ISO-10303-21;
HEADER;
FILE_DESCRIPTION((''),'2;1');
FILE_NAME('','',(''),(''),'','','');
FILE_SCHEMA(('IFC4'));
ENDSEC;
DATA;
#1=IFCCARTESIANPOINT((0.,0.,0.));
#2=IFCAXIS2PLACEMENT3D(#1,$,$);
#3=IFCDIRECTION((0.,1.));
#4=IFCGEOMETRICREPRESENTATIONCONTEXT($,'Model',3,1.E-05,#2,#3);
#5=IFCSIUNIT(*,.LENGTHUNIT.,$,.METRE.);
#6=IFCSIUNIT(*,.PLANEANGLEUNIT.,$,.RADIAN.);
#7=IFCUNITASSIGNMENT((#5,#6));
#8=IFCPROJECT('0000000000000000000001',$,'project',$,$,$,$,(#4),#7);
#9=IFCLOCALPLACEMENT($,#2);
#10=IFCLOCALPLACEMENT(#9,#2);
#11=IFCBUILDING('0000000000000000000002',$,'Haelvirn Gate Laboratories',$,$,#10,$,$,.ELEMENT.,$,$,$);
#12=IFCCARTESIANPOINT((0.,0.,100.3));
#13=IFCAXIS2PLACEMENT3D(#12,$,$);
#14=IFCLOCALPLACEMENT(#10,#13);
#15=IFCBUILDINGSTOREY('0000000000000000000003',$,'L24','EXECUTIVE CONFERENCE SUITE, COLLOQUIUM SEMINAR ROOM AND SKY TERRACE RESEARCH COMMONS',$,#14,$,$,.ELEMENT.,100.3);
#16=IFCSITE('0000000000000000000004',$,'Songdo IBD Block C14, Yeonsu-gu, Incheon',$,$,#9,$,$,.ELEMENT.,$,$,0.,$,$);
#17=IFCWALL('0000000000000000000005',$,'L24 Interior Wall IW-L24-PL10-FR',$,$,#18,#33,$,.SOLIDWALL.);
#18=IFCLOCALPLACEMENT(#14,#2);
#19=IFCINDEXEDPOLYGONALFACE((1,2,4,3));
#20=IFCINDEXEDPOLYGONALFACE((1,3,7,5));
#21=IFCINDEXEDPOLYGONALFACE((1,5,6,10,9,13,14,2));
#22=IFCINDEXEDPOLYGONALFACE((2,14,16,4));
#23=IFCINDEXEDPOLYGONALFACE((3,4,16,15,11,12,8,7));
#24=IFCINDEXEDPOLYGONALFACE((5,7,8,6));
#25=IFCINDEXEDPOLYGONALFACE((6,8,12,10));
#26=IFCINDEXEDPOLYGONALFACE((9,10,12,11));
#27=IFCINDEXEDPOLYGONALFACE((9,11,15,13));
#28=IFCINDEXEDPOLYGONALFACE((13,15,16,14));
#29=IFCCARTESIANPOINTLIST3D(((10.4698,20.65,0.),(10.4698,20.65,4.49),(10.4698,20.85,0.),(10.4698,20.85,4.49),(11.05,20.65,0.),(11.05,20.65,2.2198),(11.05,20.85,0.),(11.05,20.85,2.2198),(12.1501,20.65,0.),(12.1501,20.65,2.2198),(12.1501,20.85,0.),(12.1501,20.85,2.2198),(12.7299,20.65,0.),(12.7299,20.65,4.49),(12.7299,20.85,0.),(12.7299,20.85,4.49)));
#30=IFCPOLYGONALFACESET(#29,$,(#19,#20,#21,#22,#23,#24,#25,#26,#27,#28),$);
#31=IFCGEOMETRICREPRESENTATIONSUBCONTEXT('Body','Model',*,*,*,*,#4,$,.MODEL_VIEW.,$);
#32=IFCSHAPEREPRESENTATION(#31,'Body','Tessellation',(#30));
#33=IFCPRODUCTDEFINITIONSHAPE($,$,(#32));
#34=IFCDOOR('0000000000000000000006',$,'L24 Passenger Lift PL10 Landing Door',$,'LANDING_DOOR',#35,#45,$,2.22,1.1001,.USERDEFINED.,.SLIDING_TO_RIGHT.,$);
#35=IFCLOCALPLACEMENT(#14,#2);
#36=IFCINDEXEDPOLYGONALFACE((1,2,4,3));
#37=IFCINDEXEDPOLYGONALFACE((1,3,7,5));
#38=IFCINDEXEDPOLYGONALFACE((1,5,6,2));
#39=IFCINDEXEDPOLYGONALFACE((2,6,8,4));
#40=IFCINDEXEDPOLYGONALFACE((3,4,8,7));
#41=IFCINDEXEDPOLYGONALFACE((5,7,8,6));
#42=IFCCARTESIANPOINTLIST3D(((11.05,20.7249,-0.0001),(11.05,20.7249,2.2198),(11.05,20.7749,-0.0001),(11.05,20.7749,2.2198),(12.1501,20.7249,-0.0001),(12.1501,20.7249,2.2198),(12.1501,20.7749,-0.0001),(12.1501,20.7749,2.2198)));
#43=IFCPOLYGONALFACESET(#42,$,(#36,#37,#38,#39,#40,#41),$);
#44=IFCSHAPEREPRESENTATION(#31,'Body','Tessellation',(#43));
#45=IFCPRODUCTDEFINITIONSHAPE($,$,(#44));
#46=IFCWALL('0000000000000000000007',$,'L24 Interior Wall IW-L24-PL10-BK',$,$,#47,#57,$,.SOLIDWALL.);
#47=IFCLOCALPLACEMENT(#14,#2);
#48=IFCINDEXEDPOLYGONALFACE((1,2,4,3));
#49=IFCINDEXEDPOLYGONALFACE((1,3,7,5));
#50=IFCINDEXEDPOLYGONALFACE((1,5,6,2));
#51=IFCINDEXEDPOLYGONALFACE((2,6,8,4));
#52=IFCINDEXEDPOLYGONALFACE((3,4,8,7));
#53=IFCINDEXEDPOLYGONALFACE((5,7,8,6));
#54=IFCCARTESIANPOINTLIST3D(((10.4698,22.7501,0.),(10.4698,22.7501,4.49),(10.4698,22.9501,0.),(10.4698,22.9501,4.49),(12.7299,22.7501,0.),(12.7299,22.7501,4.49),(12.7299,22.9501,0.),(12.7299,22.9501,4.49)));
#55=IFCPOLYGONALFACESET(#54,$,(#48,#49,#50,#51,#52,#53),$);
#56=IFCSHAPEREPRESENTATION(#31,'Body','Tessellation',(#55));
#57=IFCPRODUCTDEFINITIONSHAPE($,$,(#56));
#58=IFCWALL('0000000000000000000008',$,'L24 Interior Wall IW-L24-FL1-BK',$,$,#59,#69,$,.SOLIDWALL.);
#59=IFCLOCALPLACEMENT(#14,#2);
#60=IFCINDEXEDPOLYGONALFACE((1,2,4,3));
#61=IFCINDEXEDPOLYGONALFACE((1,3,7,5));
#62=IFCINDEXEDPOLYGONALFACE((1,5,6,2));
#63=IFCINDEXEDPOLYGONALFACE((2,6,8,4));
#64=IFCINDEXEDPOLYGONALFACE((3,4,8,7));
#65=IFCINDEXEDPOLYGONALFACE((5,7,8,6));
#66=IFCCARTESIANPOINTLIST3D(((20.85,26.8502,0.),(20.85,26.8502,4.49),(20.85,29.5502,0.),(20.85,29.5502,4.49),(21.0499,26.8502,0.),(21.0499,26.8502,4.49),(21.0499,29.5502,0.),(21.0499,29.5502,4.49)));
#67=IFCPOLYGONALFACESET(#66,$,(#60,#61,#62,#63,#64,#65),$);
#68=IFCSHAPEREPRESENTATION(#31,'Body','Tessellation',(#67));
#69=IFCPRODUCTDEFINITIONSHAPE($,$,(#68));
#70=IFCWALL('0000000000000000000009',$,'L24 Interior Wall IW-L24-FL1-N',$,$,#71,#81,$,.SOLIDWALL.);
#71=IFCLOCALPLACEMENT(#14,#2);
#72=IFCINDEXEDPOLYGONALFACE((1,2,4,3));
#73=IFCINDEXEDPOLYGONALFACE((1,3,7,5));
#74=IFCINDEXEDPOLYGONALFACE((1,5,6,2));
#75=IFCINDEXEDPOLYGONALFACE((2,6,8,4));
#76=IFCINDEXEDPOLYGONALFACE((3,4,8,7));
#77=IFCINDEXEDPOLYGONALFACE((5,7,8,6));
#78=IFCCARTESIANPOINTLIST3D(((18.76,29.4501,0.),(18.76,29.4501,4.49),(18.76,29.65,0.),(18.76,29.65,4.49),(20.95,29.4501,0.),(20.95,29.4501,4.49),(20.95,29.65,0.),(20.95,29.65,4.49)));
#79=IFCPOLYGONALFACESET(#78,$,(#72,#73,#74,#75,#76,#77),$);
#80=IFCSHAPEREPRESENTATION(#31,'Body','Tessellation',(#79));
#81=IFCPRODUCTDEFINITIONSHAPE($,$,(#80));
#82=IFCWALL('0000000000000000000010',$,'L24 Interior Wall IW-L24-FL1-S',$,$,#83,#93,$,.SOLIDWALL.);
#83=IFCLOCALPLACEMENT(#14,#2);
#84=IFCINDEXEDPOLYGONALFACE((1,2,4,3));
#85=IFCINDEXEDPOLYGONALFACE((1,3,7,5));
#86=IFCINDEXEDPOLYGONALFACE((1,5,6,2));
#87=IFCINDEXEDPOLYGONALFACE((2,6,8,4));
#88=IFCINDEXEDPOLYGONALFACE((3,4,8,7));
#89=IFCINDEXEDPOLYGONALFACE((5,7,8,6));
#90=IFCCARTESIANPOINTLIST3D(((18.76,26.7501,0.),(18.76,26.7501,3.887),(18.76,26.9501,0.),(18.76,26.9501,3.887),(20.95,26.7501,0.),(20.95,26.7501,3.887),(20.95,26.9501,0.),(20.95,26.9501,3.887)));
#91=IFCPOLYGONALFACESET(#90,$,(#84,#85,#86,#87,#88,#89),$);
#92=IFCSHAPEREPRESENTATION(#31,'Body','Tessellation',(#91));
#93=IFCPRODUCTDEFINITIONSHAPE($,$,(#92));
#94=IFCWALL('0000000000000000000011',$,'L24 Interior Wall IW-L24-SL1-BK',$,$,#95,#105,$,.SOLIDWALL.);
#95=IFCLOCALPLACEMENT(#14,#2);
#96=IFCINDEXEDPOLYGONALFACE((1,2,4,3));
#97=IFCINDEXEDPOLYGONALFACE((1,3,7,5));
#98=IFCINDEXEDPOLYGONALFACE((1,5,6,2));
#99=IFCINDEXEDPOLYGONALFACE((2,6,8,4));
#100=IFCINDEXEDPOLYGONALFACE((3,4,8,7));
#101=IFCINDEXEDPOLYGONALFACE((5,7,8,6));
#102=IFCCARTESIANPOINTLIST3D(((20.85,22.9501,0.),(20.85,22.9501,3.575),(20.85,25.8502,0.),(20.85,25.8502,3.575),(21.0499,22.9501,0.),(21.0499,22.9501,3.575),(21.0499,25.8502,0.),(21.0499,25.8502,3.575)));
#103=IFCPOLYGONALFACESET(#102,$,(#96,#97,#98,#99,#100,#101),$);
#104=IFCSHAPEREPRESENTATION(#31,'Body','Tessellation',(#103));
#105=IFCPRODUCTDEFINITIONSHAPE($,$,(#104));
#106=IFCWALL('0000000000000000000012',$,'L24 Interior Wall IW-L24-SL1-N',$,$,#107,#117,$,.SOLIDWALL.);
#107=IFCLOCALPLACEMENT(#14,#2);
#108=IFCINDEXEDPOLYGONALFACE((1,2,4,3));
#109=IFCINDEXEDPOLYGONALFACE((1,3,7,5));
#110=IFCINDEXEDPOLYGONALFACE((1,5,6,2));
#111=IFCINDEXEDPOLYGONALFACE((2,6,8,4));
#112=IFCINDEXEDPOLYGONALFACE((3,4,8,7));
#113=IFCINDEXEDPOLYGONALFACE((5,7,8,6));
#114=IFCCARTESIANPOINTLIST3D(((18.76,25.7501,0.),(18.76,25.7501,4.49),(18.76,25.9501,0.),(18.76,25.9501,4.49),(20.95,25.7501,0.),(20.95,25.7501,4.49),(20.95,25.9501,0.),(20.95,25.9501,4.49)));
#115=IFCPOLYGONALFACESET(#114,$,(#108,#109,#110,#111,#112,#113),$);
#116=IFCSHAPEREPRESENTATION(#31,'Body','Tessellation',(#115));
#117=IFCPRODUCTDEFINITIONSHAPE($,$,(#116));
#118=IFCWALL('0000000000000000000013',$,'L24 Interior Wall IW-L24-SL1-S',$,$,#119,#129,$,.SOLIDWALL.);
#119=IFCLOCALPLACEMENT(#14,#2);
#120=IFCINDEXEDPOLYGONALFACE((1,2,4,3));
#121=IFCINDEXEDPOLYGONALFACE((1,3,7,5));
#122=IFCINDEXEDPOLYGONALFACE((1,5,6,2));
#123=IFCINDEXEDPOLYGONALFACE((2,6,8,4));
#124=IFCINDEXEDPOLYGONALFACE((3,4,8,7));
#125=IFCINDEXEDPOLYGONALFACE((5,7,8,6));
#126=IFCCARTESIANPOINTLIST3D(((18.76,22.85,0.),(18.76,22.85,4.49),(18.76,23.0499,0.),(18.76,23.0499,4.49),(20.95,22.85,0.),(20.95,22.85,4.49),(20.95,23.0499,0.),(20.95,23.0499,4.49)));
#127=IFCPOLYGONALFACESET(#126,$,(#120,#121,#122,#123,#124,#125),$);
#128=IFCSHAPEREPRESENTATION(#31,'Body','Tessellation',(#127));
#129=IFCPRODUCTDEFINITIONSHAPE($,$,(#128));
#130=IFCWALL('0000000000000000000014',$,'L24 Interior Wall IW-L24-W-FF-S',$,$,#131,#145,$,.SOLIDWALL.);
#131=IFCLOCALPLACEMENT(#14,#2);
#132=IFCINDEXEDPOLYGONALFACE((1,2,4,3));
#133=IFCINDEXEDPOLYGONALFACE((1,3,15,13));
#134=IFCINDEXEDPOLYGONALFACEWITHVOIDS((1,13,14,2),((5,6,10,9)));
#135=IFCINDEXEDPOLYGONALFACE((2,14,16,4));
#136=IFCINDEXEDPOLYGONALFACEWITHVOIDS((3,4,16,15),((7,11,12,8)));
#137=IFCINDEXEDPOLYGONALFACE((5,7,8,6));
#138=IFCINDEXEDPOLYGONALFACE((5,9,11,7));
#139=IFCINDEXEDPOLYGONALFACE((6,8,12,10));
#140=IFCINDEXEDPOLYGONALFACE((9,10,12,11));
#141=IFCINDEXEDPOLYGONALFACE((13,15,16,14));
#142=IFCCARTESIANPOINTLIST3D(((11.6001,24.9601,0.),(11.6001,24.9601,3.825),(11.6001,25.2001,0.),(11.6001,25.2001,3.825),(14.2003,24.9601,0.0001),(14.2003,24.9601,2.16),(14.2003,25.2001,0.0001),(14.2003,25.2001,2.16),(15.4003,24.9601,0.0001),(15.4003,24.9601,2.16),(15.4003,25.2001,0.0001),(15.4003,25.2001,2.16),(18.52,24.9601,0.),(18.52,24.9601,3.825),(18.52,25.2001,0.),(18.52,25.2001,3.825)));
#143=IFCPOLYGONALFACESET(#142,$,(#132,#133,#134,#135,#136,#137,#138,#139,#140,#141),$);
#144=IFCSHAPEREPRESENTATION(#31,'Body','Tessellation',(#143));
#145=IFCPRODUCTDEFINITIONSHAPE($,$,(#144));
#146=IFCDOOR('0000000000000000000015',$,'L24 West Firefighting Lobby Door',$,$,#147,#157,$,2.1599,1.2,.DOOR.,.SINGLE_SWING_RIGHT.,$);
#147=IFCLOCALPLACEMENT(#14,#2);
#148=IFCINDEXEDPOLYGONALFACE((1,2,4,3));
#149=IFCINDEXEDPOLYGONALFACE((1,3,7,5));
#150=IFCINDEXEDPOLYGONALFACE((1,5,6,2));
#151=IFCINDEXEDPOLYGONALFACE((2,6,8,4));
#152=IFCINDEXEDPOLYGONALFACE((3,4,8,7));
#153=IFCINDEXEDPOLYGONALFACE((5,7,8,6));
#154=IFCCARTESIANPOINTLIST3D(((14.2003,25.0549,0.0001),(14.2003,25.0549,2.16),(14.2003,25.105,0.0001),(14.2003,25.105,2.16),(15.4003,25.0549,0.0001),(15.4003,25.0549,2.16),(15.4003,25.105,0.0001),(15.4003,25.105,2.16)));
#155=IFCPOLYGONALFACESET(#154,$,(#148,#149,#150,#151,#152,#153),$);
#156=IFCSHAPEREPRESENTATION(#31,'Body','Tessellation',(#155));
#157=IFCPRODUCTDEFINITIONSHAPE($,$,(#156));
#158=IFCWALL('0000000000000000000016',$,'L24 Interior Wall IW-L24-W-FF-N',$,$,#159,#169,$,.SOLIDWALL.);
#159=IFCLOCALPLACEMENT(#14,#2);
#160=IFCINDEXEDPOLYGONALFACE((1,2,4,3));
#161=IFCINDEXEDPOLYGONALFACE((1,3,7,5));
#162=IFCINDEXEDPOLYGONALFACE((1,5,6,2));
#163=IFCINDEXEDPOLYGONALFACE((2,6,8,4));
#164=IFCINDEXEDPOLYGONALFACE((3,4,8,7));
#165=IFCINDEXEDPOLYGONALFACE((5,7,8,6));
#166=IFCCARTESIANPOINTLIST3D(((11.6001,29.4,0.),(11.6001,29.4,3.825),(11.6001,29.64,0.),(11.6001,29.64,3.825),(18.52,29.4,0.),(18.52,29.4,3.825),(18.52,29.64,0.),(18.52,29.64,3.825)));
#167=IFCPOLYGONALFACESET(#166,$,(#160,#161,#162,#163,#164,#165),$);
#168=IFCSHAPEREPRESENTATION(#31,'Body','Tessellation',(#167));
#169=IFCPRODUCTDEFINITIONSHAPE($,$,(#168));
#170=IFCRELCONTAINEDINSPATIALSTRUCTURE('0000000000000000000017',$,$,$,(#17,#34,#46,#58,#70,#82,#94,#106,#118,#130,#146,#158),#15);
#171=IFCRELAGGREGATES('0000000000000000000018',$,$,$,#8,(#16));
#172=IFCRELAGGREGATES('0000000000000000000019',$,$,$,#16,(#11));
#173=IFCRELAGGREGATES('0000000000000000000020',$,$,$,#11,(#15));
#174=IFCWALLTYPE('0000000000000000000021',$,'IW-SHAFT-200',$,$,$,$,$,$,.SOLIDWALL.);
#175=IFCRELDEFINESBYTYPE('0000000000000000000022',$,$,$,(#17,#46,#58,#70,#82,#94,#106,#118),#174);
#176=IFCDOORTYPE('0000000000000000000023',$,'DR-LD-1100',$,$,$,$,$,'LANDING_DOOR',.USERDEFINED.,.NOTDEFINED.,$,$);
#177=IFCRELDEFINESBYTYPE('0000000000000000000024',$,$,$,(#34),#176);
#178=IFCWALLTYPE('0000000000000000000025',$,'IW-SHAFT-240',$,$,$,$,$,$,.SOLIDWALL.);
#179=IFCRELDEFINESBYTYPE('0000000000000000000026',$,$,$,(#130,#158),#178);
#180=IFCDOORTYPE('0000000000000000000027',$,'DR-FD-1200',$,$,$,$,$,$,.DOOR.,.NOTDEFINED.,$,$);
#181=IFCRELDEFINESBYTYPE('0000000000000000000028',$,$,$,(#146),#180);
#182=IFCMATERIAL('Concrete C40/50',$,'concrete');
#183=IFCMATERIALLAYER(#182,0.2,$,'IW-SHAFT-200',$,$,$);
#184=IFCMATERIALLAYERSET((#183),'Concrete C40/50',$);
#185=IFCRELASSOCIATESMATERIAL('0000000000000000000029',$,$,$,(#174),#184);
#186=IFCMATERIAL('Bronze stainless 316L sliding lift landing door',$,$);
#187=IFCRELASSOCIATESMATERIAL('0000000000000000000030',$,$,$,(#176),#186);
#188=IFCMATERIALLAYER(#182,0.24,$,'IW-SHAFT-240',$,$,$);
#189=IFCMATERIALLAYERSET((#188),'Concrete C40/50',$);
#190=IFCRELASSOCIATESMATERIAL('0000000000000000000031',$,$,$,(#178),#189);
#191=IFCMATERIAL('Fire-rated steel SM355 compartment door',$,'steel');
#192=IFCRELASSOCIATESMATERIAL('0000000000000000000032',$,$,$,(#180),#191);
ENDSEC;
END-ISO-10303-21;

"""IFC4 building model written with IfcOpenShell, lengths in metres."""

from ifc_helpers import new_model, si_unit, direction, frame, frame_2d, origin, place, context, subcontext, project, spatial, rectangle, extrude, source, transform, mapped, material, layer, layer_set, type_object, type_shapes, element, fill, save


model = new_model("IFC4")

# Units and contexts
model_context = context("Model", 3, precision=1e-05, world=origin(), true_north=direction((0.0, 1.0)))
body_context = subcontext(model_context, "Body", "Model", "MODEL_VIEW")
ifc_project = project(units=[si_unit("LENGTHUNIT", "METRE"), si_unit("PLANEANGLEUNIT", "RADIAN")], contexts=[model_context])

# Site, building, storey
site_placement = place(None, origin())
site = spatial("IfcSite", under=ifc_project, at=site_placement, Name="Songdo IBD Block C14, Yeonsu-gu, Incheon", CompositionType="ELEMENT", RefElevation=0.0)
building_placement = place(site_placement, origin())
building = spatial("IfcBuilding", under=site, at=building_placement, Name="Haelvirn Gate Laboratories", CompositionType="ELEMENT")
storey_placement = place(building_placement, frame((0.0, 0.0, 100.3)))
storey = spatial("IfcBuildingStorey", under=building, at=storey_placement, Name="L24", Description="EXECUTIVE CONFERENCE SUITE, COLLOQUIUM SEMINAR ROOM AND SKY TERRACE RESEARCH COMMONS", CompositionType="ELEMENT", Elevation=100.3)

# Shared definitions
ifc_material_1 = material(Name="Concrete C40/50", Category="concrete")

# Wall, opening, door
ifc_layer_1 = layer(ifc_material_1, 0.2, Name="IW-SHAFT-200")
ifc_layer_set_1 = layer_set([ifc_layer_1], Name="Concrete C40/50")
wall_type_1 = type_object("IfcWallType", Name="IW-SHAFT-200", PredefinedType="SOLIDWALL", material=ifc_layer_set_1)
ifc_material_2 = material(Name="Bronze stainless 316L sliding lift landing door")
door_type_1 = type_object("IfcDoorType", Name="DR-LD-1100", ElementType="LANDING_DOOR", OperationType="NOTDEFINED", PredefinedType="USERDEFINED", material=ifc_material_2)
shared_shape_1 = source(origin(), body_context, "Body", "SweptSolid", [
    extrude(rectangle(XDim=1.1001, YDim=2.22, at=frame_2d((0.55, 1.1099))), frame((0.0, 0.0249, 0.0), z_axis=(0.0, -1.0, 0.0), x_axis=(1.0, 0.0, 0.0)), (0.0, 0.0, 1.0), 0.05),
])
type_shapes(door_type_1, [shared_shape_1])
wall_1_placement = place(storey_placement, frame((10.47, 20.75, 0.0), z_axis=(0.0, 0.0, 1.0), x_axis=(1.0, 0.0, 0.0)))
wall_1 = element("IfcWall", 1, at=wall_1_placement, inside=storey, type_object=wall_type_1, Name="L24 Interior Wall IW-L24-PL10-FR", PredefinedType="SOLIDWALL", context=body_context, shape_type="SweptSolid", body=[
    extrude(rectangle(XDim=2.26, YDim=0.2, at=frame_2d((1.1299, 0.0))), origin(), (0.0, 0.0, 1.0), 4.49),
])
opening_1_placement = place(wall_1_placement, frame((0.5801, 0.0, 0.0)))
opening_1 = element("IfcOpeningElement", 2, at=opening_1_placement, cuts=wall_1, PredefinedType="OPENING", context=body_context, shape_type="SweptSolid", body=[
    extrude(rectangle(XDim=1.1001, YDim=2.22, at=frame_2d((0.55, 1.1099))), frame((0.0, 0.1099, 0.0), z_axis=(0.0, -1.0, 0.0), x_axis=(1.0, 0.0, 0.0)), (0.0, 0.0, 1.0), 0.22),
])
door_1_placement = place(opening_1_placement, origin())
door_1 = element("IfcDoor", 3, at=door_1_placement, inside=storey, type_object=door_type_1, Name="L24 Passenger Lift PL10 Landing Door", ObjectType="LANDING_DOOR", OperationType="SLIDING_TO_RIGHT", OverallHeight=2.22, OverallWidth=1.1001, PredefinedType="USERDEFINED", context=body_context, shape_type="MappedRepresentation", body=[
    mapped(shared_shape_1, transform((0.0, 0.0, 0.0), scale=1.0)),
])
fill(opening_1, door_1)

# Walls
wall_2_placement = place(storey_placement, frame((10.47, 22.8501, 0.0), z_axis=(0.0, 0.0, 1.0), x_axis=(1.0, 0.0, 0.0)))
element("IfcWall", 4, at=wall_2_placement, inside=storey, type_object=wall_type_1, Name="L24 Interior Wall IW-L24-PL10-BK", PredefinedType="SOLIDWALL", context=body_context, shape_type="SweptSolid", body=[
    extrude(rectangle(XDim=2.26, YDim=0.2, at=frame_2d((1.1299, 0.0))), origin(), (0.0, 0.0, 1.0), 4.49),
])
wall_3_placement = place(storey_placement, frame((20.95, 26.8501, 0.0), z_axis=(0.0, 0.0, 1.0), x_axis=(0.0, 1.0, 0.0)))
element("IfcWall", 5, at=wall_3_placement, inside=storey, type_object=wall_type_1, Name="L24 Interior Wall IW-L24-FL1-BK", PredefinedType="SOLIDWALL", context=body_context, shape_type="SweptSolid", body=[
    extrude(rectangle(XDim=2.7, YDim=0.2, at=frame_2d((1.3501, 0.0))), origin(), (0.0, 0.0, 1.0), 4.49),
])
wall_4_placement = place(storey_placement, frame((18.76, 29.55, 0.0), z_axis=(0.0, 0.0, 1.0), x_axis=(1.0, 0.0, 0.0)))
element("IfcWall", 6, at=wall_4_placement, inside=storey, type_object=wall_type_1, Name="L24 Interior Wall IW-L24-FL1-N", PredefinedType="SOLIDWALL", context=body_context, shape_type="SweptSolid", body=[
    extrude(rectangle(XDim=2.1899, YDim=0.2, at=frame_2d((1.095, 0.0))), origin(), (0.0, 0.0, 1.0), 4.49),
])
wall_5_placement = place(storey_placement, frame((18.76, 26.8501, 0.0), z_axis=(0.0, 0.0, 1.0), x_axis=(1.0, 0.0, 0.0)))
element("IfcWall", 7, at=wall_5_placement, inside=storey, type_object=wall_type_1, Name="L24 Interior Wall IW-L24-FL1-S", PredefinedType="SOLIDWALL", context=body_context, shape_type="SweptSolid", body=[
    extrude(rectangle(XDim=2.1899, YDim=0.2, at=frame_2d((1.095, 0.0))), origin(), (0.0, 0.0, 1.0), 3.887),
])
wall_6_placement = place(storey_placement, frame((20.95, 22.95, 0.0), z_axis=(0.0, 0.0, 1.0), x_axis=(0.0, 1.0, 0.0)))
element("IfcWall", 8, at=wall_6_placement, inside=storey, type_object=wall_type_1, Name="L24 Interior Wall IW-L24-SL1-BK", PredefinedType="SOLIDWALL", context=body_context, shape_type="SweptSolid", body=[
    extrude(rectangle(XDim=2.9001, YDim=0.2, at=frame_2d((1.4502, 0.0))), origin(), (0.0, 0.0, 1.0), 3.575),
])
for number, where, z_axis, x_axis, name in (
    (9, (18.76, 25.8501, 0.0), (0.0, 0.0, 1.0), (1.0, 0.0, 0.0), "L24 Interior Wall IW-L24-SL1-N"),
    (10, (18.76, 22.95, 0.0), (0.0, 0.0, 1.0), (1.0, 0.0, 0.0), "L24 Interior Wall IW-L24-SL1-S"),
):
    element("IfcWall", number, at=place(storey_placement, frame(where, z_axis=z_axis, x_axis=x_axis)), inside=storey, type_object=wall_type_1, Name=name, PredefinedType="SOLIDWALL", context=body_context, shape_type="SweptSolid", body=[
        extrude(rectangle(XDim=2.1899, YDim=0.2, at=frame_2d((1.095, 0.0))), origin(), (0.0, 0.0, 1.0), 4.49),
    ])

# Wall, opening, door
ifc_layer_2 = layer(ifc_material_1, 0.24, Name="IW-SHAFT-240")
ifc_layer_set_2 = layer_set([ifc_layer_2], Name="Concrete C40/50")
wall_type_2 = type_object("IfcWallType", Name="IW-SHAFT-240", PredefinedType="SOLIDWALL", material=ifc_layer_set_2)
wall_7_placement = place(storey_placement, frame((11.6001, 25.0801, 0.0), z_axis=(0.0, 0.0, 1.0), x_axis=(1.0, 0.0, 0.0)))
wall_7 = element("IfcWall", 11, at=wall_7_placement, inside=storey, type_object=wall_type_2, Name="L24 Interior Wall IW-L24-W-FF-S", PredefinedType="SOLIDWALL", context=body_context, shape_type="SweptSolid", body=[
    extrude(rectangle(XDim=6.9199, YDim=0.24, at=frame_2d((3.46, 0.0))), origin(), (0.0, 0.0, 1.0), 3.825),
])
opening_2_placement = place(wall_7_placement, frame((2.6001, 0.0, 0.0)))
opening_2 = element("IfcOpeningElement", 12, at=opening_2_placement, cuts=wall_7, PredefinedType="OPENING", context=body_context, shape_type="SweptSolid", body=[
    extrude(rectangle(XDim=1.2, YDim=2.1599, at=frame_2d((0.6001, 1.0801))), frame((0.0, 0.1299, 0.0), z_axis=(0.0, -1.0, 0.0), x_axis=(1.0, 0.0, 0.0)), (0.0, 0.0, 1.0), 0.26),
])
ifc_material_3 = material(Name="Fire-rated steel SM355 compartment door", Category="steel")
door_type_2 = type_object("IfcDoorType", Name="DR-FD-1200", OperationType="NOTDEFINED", PredefinedType="DOOR", material=ifc_material_3)
shared_shape_2 = source(origin(), body_context, "Body", "SweptSolid", [
    extrude(rectangle(XDim=1.2, YDim=2.1599, at=frame_2d((0.6001, 1.0801))), frame((0.0, 0.0249, 0.0), z_axis=(0.0, -1.0, 0.0), x_axis=(1.0, 0.0, 0.0)), (0.0, 0.0, 1.0), 0.05),
])
type_shapes(door_type_2, [shared_shape_2])
door_2_placement = place(opening_2_placement, origin())
door_2 = element("IfcDoor", 13, at=door_2_placement, inside=storey, type_object=door_type_2, Name="L24 West Firefighting Lobby Door", OperationType="SINGLE_SWING_RIGHT", OverallHeight=2.1599, OverallWidth=1.2, PredefinedType="DOOR", context=body_context, shape_type="MappedRepresentation", body=[
    mapped(shared_shape_2, transform((0.0, 0.0, 0.0), scale=1.0)),
])
fill(opening_2, door_2)

# Wall
wall_8_placement = place(storey_placement, frame((11.6001, 29.52, 0.0), z_axis=(0.0, 0.0, 1.0), x_axis=(1.0, 0.0, 0.0)))
element("IfcWall", 14, at=wall_8_placement, inside=storey, type_object=wall_type_2, Name="L24 Interior Wall IW-L24-W-FF-N", PredefinedType="SOLIDWALL", context=body_context, shape_type="SweptSolid", body=[
    extrude(rectangle(XDim=6.9199, YDim=0.24, at=frame_2d((3.46, 0.0))), origin(), (0.0, 0.0, 1.0), 3.825),
])

save(model, "model.ifc")
